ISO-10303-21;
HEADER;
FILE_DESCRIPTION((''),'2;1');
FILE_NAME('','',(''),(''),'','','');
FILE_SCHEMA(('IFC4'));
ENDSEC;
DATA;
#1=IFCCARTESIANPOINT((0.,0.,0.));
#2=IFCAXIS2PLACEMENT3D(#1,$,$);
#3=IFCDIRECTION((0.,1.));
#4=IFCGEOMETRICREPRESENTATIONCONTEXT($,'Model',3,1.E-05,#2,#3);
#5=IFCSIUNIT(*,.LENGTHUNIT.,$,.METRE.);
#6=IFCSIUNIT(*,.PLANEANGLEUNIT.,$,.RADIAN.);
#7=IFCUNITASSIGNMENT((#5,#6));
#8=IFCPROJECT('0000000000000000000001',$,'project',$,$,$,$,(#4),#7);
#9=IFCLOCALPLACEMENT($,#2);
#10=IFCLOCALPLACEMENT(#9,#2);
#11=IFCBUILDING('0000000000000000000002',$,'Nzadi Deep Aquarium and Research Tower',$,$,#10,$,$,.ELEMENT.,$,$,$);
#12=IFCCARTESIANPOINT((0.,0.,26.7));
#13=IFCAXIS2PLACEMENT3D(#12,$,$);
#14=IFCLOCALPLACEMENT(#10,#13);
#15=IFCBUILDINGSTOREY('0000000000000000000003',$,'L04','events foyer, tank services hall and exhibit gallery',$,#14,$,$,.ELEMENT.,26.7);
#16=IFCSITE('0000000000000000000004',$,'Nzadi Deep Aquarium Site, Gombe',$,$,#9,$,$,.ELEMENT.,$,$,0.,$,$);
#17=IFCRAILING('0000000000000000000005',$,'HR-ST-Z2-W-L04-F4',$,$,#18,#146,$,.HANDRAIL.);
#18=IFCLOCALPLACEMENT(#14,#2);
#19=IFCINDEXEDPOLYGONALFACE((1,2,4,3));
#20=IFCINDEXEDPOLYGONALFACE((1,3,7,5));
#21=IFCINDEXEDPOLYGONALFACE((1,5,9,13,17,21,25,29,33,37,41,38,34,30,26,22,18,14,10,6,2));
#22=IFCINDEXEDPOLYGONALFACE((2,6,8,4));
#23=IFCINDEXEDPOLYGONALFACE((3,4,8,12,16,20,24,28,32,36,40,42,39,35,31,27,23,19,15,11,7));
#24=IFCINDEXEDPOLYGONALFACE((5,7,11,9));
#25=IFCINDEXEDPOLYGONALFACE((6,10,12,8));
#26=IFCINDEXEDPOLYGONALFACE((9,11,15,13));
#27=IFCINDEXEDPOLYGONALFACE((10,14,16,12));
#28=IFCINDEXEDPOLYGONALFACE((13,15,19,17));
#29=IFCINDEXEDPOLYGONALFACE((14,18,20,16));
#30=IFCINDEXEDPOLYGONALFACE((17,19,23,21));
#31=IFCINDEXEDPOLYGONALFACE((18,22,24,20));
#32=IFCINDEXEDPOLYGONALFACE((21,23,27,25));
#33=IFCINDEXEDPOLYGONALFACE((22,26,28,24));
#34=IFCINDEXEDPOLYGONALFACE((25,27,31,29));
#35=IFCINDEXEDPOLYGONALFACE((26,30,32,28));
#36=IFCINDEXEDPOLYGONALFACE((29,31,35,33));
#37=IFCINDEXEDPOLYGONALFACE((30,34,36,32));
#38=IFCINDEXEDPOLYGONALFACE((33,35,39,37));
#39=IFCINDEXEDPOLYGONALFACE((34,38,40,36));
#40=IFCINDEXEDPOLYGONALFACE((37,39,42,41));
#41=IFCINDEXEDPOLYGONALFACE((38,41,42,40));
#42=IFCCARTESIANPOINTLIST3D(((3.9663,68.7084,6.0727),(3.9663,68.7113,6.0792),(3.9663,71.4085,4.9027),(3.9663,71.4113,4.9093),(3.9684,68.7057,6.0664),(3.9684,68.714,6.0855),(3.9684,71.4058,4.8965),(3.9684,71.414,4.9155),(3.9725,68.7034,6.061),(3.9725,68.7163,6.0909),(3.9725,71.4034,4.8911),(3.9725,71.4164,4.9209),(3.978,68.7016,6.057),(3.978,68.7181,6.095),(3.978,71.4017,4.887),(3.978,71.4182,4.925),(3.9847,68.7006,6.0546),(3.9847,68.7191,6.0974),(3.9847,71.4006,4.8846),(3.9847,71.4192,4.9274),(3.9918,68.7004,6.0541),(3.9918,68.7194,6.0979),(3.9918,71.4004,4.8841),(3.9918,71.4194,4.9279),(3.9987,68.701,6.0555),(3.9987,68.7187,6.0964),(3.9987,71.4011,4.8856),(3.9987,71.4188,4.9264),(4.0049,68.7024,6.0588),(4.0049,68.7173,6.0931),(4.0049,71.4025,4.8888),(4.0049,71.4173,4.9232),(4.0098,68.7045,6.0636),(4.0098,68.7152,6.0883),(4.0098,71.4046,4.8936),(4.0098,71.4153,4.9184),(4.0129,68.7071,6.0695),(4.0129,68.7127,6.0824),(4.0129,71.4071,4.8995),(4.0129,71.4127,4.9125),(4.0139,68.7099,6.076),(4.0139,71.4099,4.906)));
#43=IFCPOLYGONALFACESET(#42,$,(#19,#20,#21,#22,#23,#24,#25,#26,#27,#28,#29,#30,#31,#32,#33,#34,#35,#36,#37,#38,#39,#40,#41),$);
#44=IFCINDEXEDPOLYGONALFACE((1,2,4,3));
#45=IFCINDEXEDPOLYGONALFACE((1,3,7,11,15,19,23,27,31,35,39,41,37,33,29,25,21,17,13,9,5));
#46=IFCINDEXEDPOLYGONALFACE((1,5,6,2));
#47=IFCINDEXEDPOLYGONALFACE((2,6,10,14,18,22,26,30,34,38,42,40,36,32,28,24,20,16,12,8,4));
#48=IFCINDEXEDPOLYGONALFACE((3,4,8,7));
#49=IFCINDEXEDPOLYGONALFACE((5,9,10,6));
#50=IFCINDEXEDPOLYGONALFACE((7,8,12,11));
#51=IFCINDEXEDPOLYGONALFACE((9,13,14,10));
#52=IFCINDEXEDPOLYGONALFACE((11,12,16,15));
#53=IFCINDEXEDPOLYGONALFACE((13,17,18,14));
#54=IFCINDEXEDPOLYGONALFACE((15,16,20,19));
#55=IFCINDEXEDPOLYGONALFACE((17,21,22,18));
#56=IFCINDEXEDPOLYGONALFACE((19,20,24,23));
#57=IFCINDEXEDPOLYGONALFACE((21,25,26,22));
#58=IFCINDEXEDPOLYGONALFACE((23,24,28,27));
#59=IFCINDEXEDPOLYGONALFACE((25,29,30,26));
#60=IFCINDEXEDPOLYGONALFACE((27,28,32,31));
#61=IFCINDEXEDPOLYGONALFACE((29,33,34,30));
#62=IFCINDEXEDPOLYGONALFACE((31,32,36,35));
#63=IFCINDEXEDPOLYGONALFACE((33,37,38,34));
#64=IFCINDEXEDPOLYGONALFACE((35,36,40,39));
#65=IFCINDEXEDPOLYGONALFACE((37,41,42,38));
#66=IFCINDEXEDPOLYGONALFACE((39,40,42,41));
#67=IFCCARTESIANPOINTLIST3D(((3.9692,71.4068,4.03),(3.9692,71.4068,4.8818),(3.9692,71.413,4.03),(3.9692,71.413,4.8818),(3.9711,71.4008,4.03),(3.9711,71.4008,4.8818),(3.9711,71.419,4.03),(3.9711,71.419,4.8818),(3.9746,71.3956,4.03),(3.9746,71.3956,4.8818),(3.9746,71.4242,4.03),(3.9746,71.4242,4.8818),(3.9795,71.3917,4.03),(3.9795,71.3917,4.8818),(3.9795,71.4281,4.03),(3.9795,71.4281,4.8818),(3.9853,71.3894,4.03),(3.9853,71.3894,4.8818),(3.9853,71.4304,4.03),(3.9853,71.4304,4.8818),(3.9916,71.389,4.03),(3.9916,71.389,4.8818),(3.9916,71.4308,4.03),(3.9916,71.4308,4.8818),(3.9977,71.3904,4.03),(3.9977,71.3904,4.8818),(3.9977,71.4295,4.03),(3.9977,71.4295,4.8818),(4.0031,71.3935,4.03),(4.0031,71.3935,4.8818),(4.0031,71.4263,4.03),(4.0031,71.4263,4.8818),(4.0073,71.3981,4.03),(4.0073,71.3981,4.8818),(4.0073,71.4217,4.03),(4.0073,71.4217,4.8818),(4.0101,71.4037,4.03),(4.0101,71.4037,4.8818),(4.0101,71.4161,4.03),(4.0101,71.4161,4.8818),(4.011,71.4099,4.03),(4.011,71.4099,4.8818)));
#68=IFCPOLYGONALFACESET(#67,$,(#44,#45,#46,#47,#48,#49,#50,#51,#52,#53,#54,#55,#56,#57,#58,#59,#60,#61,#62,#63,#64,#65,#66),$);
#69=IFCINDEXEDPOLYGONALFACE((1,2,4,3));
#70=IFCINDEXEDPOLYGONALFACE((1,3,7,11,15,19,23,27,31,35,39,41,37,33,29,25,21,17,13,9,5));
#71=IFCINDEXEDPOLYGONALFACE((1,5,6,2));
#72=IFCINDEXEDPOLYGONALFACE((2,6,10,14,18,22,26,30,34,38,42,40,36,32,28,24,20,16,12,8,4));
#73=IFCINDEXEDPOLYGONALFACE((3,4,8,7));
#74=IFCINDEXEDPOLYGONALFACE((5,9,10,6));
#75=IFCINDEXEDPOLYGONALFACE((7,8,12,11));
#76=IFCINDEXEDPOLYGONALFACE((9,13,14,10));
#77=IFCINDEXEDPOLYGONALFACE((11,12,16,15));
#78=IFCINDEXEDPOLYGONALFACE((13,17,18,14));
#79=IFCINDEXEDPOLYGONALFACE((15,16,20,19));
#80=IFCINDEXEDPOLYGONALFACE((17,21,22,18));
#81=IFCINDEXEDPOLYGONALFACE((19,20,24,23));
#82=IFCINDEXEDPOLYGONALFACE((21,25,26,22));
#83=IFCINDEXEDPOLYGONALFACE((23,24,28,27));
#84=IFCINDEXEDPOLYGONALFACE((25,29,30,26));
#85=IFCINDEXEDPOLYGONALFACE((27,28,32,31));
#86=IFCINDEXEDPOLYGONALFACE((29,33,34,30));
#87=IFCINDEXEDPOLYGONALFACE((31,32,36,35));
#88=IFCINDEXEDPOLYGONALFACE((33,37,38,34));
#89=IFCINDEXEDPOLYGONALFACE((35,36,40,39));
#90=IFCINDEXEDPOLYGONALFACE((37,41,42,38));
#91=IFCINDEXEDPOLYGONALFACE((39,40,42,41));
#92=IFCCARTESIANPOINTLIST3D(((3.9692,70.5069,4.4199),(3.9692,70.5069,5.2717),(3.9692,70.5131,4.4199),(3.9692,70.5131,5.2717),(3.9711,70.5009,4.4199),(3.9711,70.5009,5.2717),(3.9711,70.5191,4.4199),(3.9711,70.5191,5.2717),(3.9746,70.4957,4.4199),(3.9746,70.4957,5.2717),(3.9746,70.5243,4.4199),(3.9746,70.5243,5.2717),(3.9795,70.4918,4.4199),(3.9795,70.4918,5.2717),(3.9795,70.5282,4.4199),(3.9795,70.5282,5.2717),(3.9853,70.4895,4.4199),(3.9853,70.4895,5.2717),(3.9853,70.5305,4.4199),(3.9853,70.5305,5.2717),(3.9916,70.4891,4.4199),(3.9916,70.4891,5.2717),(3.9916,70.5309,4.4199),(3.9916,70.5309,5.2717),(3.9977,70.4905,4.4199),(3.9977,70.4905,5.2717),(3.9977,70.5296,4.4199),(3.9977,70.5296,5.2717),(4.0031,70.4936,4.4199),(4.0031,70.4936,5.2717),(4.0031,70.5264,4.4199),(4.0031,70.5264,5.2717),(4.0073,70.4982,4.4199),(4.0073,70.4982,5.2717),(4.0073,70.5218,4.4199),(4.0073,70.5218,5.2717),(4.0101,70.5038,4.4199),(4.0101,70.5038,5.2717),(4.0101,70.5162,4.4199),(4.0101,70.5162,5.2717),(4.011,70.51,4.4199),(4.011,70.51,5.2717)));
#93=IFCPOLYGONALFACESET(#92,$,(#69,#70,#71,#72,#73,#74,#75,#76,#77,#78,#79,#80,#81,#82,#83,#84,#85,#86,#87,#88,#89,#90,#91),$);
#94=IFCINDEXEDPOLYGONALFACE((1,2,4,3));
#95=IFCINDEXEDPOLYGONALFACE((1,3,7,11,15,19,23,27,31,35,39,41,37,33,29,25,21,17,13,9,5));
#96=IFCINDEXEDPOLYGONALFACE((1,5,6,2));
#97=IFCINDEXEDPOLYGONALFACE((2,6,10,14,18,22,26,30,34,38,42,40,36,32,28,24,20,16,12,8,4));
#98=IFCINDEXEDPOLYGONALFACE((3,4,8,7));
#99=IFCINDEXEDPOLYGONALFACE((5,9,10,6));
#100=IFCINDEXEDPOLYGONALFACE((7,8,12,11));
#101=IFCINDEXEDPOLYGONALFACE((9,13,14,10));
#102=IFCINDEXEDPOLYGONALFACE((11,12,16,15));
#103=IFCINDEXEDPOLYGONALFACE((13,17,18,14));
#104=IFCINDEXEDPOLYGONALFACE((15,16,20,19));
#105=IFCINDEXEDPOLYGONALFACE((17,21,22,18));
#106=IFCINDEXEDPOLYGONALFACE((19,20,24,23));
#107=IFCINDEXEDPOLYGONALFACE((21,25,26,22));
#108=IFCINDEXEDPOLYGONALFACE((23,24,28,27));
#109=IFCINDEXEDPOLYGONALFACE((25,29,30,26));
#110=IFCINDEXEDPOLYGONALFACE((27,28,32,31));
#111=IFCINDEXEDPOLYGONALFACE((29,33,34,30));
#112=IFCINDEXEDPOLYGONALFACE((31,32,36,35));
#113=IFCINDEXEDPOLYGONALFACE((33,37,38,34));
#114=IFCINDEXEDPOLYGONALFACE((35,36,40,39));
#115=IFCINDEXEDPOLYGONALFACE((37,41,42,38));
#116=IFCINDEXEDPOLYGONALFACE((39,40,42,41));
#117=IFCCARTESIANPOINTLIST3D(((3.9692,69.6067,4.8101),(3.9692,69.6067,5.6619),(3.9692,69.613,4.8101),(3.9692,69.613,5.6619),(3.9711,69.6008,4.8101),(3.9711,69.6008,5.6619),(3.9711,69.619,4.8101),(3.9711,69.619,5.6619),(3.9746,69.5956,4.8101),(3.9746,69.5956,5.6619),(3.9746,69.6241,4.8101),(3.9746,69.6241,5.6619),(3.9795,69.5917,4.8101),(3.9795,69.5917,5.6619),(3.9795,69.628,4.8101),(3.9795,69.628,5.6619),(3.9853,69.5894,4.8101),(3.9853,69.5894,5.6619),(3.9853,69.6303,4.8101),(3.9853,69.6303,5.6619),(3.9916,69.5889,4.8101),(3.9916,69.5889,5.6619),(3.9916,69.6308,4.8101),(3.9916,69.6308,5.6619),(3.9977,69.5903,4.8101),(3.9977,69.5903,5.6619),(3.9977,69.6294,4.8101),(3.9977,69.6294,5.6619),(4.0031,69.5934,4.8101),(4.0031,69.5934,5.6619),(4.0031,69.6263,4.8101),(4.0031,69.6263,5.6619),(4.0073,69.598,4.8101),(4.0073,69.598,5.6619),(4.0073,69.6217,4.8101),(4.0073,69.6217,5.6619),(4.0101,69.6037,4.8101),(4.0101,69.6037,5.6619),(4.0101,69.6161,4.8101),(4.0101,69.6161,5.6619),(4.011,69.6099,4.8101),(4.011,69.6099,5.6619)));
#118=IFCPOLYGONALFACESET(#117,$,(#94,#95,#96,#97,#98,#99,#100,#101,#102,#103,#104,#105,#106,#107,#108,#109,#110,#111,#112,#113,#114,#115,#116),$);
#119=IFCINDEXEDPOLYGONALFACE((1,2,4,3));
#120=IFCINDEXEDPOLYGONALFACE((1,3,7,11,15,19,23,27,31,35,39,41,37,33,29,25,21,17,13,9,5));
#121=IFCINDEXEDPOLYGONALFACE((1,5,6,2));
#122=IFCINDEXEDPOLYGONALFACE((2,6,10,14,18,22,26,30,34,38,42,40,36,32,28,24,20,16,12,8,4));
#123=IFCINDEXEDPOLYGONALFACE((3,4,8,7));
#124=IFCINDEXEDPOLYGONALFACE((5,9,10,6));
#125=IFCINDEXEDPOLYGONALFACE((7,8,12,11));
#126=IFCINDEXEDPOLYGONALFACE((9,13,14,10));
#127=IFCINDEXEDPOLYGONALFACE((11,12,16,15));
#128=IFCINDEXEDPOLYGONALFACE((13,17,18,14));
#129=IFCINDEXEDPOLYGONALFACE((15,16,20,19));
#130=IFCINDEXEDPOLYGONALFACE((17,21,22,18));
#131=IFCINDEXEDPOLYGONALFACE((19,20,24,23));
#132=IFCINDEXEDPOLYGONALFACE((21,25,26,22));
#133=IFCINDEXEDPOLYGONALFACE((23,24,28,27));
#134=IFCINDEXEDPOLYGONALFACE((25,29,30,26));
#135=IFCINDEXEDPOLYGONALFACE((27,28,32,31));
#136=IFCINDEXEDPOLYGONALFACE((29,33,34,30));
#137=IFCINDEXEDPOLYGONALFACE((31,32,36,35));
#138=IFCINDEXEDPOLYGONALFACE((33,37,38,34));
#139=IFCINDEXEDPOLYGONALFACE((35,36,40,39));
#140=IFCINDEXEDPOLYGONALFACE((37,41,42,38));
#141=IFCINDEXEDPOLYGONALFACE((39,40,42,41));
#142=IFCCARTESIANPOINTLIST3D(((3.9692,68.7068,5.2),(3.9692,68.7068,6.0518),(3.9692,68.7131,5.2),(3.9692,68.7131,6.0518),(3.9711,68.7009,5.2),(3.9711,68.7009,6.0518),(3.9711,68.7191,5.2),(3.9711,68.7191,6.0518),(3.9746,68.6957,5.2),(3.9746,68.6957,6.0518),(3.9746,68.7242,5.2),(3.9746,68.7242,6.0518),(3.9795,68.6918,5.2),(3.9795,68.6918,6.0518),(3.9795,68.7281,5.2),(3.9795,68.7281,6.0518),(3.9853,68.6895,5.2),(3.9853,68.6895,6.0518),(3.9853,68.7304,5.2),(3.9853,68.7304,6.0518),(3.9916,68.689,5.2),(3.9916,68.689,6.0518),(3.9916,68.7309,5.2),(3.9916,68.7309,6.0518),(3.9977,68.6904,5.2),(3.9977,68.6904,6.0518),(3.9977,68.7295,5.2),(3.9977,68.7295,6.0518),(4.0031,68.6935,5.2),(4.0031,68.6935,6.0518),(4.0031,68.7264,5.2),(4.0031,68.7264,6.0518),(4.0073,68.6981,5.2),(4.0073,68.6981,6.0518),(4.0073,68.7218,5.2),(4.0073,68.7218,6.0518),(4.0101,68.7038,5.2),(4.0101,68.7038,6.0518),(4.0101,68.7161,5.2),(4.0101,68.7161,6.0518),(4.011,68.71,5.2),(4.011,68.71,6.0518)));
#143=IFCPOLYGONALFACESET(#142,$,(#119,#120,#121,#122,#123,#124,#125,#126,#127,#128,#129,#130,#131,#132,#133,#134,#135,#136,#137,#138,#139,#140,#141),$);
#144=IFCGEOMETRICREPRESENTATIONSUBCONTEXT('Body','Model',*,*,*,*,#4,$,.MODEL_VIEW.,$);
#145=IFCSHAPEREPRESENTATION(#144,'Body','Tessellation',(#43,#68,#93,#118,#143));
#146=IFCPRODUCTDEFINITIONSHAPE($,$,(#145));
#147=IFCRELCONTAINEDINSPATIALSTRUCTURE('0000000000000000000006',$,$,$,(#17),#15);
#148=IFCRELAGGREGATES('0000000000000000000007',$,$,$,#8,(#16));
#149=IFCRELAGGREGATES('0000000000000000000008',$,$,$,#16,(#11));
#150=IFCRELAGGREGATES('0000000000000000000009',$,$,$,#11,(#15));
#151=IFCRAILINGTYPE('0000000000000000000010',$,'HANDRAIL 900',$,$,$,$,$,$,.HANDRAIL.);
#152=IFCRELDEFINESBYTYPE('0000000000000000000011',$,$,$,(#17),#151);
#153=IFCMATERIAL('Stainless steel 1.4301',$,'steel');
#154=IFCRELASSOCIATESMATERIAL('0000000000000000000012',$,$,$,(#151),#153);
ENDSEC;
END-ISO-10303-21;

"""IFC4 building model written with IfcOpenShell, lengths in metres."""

from ifc_helpers import new_model, si_unit, direction, frame, origin, origin_2d, place, context, subcontext, project, spatial, circle, extrude, material, type_object, element, save


model = new_model("IFC4")

# Units and contexts
model_context = context("Model", 3, precision=1e-05, world=origin(), true_north=direction((0.0, 1.0)))
body_context = subcontext(model_context, "Body", "Model", "MODEL_VIEW")
ifc_project = project(units=[si_unit("LENGTHUNIT", "METRE"), si_unit("PLANEANGLEUNIT", "RADIAN")], contexts=[model_context])

# Site, building, storey
site_placement = place(None, origin())
site = spatial("IfcSite", under=ifc_project, at=site_placement, Name="Nzadi Deep Aquarium Site, Gombe", CompositionType="ELEMENT", RefElevation=0.0)
building_placement = place(site_placement, origin())
building = spatial("IfcBuilding", under=site, at=building_placement, Name="Nzadi Deep Aquarium and Research Tower", CompositionType="ELEMENT")
storey_placement = place(building_placement, frame((0.0, 0.0, 26.7)))
storey = spatial("IfcBuildingStorey", under=building, at=storey_placement, Name="L04", Description="events foyer, tank services hall and exhibit gallery", CompositionType="ELEMENT", Elevation=26.7)

# Railing
ifc_material_1 = material(Name="Stainless steel 1.4301", Category="steel")
railing_type_1 = type_object("IfcRailingType", Name="HANDRAIL 900", PredefinedType="HANDRAIL", material=ifc_material_1)
for number, where, name in (
    (1, (3.99, 71.4099, 4.03), "HR-ST-Z2-W-L04-F4"),
):
    element("IfcRailing", number, at=place(storey_placement, frame(where)), inside=storey, type_object=railing_type_1, Name=name, PredefinedType="HANDRAIL", context=body_context, shape_type="SweptSolid", body=[
        extrude(circle(Radius=0.0239, at=origin_2d()), frame((0.0, 0.0, 0.876), z_axis=(0.0, -0.917563, 0.397591), x_axis=(1.0, 0.0, 0.0)), (0.0, 0.0, 1.0), 2.9426),
        extrude(circle(Radius=0.021, at=origin_2d()), origin(), (0.0, 0.0, 1.0), 0.8518),
        extrude(circle(Radius=0.021, at=origin_2d()), frame((0.0, -0.8999, 0.3899)), (0.0, 0.0, 1.0), 0.8518),
        extrude(circle(Radius=0.021, at=origin_2d()), frame((0.0, -1.8, 0.78)), (0.0, 0.0, 1.0), 0.8518),
        extrude(circle(Radius=0.021, at=origin_2d()), frame((0.0, -2.7, 1.1699)), (0.0, 0.0, 1.0), 0.8518),
    ])

save(model, "model.ifc")
